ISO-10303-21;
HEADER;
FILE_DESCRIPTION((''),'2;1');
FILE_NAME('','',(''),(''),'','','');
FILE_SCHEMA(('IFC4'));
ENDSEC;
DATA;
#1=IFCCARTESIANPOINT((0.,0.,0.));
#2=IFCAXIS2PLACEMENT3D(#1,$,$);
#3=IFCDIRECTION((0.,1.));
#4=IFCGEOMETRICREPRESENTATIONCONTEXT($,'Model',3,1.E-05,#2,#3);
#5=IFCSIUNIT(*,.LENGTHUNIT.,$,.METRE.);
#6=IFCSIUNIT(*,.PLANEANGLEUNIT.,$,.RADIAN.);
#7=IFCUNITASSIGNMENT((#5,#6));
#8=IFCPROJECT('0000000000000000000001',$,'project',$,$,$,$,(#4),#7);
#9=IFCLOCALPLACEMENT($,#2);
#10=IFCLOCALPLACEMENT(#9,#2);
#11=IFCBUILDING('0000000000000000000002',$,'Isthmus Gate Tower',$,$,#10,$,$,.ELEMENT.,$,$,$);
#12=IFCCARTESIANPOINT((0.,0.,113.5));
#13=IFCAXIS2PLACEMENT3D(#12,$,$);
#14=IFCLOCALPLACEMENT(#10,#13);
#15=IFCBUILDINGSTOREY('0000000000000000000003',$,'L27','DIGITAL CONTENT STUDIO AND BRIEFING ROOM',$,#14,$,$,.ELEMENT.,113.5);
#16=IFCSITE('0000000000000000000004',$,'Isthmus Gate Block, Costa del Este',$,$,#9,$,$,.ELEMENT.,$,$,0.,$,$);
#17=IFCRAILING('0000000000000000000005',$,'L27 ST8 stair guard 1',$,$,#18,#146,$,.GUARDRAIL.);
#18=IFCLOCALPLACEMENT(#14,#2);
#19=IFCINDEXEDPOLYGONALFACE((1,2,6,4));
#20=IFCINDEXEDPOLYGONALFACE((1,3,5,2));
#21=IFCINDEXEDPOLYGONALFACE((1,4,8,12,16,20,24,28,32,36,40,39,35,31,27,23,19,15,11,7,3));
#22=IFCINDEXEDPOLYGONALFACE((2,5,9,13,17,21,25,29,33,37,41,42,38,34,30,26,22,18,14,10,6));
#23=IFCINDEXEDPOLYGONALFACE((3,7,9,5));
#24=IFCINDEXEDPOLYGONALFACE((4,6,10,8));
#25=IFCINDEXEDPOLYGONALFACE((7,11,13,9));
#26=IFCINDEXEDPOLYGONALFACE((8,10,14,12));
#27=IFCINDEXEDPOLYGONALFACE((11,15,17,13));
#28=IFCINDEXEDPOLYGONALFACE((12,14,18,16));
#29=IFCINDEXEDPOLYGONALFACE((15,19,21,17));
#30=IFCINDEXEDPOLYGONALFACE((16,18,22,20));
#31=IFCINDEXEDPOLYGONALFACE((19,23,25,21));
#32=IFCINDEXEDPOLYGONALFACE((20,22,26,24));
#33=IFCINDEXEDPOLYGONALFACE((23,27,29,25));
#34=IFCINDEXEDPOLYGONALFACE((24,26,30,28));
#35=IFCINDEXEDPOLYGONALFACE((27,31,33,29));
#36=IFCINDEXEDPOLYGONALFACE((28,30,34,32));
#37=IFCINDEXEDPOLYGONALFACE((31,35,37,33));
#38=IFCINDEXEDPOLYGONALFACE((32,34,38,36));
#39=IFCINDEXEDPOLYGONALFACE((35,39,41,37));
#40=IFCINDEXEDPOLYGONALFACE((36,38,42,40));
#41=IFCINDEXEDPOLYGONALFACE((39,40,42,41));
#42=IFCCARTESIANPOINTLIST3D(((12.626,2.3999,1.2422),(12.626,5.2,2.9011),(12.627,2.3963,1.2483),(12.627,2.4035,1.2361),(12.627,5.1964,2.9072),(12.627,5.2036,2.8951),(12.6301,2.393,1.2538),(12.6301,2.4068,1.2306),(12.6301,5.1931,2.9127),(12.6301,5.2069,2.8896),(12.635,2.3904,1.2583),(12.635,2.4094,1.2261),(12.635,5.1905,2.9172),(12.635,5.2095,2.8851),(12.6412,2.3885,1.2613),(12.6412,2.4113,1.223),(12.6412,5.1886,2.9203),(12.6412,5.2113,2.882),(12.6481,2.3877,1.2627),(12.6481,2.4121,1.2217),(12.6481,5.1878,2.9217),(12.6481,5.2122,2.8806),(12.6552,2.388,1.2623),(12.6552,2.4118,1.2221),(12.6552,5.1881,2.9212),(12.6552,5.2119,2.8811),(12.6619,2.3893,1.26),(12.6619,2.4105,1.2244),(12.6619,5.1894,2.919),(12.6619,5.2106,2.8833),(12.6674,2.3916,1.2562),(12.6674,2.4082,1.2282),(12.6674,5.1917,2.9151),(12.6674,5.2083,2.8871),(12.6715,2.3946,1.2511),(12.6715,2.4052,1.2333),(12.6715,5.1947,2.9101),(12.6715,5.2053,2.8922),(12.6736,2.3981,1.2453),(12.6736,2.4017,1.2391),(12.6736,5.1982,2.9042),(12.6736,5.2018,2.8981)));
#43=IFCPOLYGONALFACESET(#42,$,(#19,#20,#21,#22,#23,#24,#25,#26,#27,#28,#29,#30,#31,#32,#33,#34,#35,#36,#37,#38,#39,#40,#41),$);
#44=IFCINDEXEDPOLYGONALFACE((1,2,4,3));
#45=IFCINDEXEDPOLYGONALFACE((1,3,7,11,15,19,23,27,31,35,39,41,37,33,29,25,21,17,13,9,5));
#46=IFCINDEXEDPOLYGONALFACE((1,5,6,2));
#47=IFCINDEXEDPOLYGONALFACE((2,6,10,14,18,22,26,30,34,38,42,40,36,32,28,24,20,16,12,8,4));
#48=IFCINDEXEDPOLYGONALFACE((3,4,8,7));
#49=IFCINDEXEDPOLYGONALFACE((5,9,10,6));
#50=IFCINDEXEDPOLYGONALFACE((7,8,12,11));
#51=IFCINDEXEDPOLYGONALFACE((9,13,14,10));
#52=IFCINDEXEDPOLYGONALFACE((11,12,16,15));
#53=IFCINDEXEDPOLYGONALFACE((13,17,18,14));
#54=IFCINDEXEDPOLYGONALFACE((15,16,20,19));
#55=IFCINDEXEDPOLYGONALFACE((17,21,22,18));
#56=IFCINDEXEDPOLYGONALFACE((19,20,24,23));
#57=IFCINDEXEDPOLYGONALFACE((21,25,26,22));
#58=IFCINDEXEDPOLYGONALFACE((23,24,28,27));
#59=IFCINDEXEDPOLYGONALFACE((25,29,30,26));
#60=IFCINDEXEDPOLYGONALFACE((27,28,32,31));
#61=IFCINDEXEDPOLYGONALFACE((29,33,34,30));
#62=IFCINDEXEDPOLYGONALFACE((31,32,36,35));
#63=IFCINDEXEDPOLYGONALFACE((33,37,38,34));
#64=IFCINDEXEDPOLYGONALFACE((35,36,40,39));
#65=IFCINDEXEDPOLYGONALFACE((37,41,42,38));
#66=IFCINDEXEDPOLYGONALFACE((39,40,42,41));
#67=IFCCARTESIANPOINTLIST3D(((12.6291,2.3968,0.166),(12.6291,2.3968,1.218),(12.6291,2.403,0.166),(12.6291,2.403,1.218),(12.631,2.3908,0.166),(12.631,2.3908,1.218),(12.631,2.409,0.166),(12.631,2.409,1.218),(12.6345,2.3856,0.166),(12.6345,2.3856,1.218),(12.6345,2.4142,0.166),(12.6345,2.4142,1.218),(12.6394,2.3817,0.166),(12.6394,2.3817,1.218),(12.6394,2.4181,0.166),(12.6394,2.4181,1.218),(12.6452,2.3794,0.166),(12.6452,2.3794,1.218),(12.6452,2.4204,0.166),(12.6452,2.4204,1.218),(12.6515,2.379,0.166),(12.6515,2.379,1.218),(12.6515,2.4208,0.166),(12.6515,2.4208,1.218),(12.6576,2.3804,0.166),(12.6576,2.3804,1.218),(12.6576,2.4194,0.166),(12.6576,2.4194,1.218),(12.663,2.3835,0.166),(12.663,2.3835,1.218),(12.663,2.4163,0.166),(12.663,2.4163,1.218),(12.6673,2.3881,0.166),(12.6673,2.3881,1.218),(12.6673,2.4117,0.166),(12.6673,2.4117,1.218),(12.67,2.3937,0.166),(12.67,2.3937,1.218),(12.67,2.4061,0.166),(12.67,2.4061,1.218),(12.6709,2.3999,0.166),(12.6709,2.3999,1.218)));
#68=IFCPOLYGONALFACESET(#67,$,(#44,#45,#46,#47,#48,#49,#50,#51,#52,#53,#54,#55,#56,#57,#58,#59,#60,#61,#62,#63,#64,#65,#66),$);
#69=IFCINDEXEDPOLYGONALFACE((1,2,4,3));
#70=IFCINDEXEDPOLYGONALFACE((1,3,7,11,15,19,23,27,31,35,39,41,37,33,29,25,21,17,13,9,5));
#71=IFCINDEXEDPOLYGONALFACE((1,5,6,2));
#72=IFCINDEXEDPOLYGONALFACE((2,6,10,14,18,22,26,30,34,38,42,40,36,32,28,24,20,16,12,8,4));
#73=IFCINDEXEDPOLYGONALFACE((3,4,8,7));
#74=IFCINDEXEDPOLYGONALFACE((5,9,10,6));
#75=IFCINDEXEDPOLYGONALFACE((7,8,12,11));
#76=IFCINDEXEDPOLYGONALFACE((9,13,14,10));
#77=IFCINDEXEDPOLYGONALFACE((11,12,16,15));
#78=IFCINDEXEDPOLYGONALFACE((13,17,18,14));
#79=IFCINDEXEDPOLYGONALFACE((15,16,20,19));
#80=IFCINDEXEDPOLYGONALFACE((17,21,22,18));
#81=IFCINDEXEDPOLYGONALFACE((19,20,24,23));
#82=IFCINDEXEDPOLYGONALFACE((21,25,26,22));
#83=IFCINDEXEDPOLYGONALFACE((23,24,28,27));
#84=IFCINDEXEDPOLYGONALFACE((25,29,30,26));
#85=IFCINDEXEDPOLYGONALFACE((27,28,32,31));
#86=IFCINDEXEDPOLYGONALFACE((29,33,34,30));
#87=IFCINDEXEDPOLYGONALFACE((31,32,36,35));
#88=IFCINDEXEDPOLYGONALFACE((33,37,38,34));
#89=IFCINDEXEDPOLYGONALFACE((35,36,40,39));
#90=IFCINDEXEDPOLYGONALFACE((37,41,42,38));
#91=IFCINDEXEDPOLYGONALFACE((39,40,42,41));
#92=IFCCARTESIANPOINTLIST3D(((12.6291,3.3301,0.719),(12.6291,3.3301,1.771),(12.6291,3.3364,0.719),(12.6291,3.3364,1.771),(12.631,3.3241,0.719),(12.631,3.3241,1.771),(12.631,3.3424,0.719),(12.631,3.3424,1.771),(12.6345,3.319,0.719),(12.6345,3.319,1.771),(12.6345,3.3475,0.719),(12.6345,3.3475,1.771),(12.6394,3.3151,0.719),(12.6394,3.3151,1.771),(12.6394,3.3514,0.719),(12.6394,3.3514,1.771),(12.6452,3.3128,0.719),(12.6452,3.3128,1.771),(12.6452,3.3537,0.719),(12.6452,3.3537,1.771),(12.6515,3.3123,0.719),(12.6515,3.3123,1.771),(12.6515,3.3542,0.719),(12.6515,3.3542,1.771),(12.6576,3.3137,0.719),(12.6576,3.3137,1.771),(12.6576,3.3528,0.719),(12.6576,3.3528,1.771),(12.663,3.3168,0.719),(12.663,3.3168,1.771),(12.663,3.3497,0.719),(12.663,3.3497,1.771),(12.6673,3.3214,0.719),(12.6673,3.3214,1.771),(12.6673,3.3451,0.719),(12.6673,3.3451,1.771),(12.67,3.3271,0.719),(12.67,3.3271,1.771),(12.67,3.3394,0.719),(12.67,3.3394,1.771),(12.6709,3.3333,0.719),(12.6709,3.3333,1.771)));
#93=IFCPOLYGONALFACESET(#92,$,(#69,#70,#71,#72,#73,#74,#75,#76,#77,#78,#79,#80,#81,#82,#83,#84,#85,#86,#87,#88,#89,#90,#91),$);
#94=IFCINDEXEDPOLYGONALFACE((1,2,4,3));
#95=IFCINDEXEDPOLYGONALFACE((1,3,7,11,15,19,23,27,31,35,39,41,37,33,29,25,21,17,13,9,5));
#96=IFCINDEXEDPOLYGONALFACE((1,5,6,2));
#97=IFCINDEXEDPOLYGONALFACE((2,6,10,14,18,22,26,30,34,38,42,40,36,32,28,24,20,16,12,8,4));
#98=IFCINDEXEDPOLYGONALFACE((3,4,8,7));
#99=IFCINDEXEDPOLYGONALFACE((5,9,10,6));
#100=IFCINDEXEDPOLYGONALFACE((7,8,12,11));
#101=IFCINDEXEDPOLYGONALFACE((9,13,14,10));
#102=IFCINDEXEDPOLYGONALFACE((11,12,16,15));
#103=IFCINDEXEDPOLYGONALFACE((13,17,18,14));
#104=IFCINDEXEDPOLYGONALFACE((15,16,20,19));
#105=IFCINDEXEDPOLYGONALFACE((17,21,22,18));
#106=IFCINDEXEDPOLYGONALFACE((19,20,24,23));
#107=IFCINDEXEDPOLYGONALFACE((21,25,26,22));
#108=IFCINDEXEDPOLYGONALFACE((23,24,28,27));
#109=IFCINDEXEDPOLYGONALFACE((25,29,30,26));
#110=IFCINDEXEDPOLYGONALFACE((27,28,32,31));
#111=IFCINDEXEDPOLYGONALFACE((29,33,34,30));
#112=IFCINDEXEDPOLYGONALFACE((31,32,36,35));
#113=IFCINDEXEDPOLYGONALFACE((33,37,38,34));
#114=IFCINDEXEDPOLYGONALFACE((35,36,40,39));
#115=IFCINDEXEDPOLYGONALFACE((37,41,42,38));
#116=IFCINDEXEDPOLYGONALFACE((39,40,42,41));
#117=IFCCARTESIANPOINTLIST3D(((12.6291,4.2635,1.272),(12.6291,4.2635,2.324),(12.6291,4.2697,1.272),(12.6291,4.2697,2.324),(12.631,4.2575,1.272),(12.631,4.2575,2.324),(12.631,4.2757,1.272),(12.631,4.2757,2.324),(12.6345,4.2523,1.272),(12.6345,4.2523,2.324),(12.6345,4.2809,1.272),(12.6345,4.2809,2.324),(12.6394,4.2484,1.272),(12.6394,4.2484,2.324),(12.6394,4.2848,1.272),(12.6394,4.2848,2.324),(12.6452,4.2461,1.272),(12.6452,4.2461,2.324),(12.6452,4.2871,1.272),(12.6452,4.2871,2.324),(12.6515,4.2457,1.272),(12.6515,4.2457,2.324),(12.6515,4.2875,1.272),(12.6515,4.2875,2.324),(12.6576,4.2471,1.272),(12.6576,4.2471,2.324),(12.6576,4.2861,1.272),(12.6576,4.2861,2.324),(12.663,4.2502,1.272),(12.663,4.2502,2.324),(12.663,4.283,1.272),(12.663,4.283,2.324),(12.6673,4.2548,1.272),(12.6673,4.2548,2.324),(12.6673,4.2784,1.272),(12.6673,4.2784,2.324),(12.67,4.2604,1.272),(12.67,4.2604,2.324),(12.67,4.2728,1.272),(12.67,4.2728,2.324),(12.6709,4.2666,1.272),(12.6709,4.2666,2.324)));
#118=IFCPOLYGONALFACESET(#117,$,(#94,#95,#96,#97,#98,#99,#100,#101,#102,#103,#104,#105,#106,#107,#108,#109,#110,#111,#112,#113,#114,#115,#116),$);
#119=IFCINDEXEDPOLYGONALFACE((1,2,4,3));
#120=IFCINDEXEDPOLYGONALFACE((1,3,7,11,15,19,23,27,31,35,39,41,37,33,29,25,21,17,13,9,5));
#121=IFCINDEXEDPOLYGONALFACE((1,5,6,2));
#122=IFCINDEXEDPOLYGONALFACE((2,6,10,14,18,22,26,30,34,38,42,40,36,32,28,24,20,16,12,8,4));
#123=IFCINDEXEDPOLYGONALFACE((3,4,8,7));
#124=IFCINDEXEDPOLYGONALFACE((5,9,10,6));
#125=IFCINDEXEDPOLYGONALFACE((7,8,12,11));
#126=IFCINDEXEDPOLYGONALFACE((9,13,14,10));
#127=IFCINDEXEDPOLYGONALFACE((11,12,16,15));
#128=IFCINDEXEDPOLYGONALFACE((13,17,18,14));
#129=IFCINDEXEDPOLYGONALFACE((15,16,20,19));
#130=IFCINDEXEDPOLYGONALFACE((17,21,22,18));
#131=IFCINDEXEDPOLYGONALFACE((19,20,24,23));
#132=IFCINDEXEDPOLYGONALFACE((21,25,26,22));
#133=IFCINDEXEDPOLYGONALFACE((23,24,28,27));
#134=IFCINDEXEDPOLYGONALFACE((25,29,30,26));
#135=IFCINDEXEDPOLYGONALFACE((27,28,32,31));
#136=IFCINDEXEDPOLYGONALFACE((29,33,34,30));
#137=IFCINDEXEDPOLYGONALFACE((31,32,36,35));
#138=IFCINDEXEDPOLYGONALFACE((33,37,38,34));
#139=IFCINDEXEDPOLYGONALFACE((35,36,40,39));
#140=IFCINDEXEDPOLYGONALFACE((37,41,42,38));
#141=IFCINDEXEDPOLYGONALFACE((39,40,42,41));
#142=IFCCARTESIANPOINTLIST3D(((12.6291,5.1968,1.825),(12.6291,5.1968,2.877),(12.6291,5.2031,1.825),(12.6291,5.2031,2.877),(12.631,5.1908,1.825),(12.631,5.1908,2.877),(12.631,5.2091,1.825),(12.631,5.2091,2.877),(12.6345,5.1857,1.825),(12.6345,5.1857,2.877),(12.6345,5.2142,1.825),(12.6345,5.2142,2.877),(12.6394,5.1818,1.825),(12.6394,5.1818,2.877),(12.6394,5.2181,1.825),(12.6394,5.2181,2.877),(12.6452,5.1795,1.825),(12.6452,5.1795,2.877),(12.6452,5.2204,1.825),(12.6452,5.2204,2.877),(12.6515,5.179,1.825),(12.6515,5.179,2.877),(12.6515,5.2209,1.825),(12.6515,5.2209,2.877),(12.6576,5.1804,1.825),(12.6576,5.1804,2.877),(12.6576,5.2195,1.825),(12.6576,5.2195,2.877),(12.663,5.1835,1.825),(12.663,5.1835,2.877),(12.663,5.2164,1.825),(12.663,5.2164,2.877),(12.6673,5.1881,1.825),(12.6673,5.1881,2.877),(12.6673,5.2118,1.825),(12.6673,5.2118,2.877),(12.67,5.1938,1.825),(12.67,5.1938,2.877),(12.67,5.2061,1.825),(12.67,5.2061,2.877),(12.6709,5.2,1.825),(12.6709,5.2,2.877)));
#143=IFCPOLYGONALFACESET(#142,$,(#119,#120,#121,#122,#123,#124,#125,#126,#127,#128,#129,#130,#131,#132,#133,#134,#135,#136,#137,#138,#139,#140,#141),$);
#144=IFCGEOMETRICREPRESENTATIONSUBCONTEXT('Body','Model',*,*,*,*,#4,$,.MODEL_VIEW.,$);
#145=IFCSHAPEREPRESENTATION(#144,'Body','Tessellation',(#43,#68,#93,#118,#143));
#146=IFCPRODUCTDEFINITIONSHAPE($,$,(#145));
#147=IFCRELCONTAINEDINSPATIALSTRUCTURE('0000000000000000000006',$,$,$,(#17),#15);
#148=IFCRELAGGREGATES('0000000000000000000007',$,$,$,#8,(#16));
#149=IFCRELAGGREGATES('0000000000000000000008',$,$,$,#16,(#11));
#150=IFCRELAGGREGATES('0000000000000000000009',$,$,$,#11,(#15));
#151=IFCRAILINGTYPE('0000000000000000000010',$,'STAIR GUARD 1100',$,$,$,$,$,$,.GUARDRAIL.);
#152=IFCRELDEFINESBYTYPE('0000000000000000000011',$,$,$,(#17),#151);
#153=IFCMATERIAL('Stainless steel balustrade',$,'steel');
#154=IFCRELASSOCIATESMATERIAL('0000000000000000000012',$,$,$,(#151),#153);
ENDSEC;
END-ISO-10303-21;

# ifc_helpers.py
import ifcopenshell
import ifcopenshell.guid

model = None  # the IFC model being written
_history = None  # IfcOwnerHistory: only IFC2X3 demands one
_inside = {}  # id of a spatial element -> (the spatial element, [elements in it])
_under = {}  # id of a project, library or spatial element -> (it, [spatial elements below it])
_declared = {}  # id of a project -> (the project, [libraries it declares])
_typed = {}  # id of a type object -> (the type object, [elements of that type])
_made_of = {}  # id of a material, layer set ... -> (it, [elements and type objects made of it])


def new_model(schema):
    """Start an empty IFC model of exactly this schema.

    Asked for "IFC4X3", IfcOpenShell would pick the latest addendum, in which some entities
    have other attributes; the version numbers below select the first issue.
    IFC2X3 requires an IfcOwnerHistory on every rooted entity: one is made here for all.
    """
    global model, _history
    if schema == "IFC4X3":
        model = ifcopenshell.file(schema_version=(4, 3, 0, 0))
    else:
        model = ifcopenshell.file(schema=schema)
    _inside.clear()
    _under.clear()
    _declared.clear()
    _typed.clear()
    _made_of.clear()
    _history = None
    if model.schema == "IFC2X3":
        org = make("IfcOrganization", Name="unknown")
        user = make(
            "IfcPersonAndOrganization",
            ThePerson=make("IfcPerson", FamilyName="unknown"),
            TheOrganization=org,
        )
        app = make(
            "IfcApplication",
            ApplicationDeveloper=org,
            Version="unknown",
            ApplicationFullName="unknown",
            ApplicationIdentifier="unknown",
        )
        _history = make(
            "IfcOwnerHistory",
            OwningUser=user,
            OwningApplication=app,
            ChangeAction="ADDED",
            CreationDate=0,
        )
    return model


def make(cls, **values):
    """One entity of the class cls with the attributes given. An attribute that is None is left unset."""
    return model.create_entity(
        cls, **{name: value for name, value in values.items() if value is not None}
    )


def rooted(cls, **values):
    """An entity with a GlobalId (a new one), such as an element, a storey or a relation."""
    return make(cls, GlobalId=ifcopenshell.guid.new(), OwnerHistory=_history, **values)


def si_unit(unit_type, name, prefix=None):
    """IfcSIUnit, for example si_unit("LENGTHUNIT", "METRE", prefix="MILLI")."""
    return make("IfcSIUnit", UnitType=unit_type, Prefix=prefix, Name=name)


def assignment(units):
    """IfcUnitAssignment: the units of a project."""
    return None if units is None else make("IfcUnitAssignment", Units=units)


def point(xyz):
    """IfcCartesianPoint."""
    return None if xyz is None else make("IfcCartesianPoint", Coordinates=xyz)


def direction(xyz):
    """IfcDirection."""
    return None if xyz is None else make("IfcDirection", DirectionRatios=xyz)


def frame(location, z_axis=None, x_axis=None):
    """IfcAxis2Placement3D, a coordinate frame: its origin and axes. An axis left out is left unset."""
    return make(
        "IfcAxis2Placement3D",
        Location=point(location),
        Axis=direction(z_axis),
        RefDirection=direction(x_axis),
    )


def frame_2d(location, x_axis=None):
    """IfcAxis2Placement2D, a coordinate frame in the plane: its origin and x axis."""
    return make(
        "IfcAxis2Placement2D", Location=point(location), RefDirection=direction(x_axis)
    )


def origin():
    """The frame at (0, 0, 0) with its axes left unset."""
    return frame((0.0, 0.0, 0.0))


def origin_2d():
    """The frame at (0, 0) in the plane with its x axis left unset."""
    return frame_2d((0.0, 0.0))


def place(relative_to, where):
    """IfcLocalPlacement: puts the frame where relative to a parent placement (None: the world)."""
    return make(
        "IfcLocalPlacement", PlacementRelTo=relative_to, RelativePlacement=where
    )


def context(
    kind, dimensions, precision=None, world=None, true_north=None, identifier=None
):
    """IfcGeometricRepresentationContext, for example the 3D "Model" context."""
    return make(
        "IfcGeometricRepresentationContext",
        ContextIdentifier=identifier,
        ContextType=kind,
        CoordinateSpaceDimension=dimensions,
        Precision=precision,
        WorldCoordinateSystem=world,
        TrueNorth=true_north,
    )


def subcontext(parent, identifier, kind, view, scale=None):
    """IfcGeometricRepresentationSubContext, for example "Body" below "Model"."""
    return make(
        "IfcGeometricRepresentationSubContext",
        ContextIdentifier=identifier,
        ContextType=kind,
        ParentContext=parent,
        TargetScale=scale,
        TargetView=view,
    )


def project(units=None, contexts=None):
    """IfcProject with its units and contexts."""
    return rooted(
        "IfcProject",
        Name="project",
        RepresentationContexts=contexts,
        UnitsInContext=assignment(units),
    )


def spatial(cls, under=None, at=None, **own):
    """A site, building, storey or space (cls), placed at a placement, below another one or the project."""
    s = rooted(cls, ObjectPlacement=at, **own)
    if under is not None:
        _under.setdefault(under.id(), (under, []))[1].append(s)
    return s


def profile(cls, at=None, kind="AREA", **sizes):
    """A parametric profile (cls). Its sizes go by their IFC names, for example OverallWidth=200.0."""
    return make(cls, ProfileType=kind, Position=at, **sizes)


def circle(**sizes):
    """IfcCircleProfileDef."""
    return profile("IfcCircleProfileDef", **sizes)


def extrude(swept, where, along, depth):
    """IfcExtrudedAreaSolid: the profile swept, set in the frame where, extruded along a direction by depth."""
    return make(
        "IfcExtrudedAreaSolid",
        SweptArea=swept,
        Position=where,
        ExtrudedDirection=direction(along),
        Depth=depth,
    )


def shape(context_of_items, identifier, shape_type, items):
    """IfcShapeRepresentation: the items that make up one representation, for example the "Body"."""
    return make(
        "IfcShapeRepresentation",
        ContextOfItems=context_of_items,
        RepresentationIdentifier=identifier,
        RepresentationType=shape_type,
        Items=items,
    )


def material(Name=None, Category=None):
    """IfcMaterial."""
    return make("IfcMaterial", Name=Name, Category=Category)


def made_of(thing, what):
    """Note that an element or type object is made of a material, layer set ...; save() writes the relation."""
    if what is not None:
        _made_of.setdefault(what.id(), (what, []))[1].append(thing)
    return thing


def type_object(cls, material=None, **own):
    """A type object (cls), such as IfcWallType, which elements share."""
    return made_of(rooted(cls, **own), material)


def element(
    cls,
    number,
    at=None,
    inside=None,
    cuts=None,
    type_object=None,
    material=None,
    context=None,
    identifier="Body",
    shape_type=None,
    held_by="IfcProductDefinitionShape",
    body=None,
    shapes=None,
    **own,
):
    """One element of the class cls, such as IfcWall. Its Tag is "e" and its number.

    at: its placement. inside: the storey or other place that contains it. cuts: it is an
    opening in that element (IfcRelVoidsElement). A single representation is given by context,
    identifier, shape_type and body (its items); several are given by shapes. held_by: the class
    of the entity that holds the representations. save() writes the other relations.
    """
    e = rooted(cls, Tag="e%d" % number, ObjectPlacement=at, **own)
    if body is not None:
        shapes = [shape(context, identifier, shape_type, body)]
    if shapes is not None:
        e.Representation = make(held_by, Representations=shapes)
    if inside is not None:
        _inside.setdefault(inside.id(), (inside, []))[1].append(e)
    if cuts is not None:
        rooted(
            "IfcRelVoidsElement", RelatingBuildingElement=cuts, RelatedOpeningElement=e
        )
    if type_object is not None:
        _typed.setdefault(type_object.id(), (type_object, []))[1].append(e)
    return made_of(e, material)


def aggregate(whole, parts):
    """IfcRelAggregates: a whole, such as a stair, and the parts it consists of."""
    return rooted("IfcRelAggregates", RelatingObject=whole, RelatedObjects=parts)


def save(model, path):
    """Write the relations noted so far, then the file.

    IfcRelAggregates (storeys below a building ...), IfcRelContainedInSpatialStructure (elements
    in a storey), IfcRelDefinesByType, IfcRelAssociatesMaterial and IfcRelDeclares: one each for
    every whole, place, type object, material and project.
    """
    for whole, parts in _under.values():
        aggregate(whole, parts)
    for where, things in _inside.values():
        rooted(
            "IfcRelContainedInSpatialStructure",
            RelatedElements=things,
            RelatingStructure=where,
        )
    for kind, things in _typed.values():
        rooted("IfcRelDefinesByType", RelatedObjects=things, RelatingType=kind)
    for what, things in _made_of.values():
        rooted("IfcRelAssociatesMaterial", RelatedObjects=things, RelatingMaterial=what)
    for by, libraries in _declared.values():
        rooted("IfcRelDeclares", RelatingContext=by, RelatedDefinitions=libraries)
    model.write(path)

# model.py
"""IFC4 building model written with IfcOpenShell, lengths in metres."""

from ifc_helpers import new_model, si_unit, direction, frame, origin, origin_2d, place, context, subcontext, project, spatial, circle, extrude, material, type_object, element, save


model = new_model("IFC4")

# Units and contexts
model_context = context("Model", 3, precision=1e-05, world=origin(), true_north=direction((0.0, 1.0)))
body_context = subcontext(model_context, "Body", "Model", "MODEL_VIEW")
ifc_project = project(units=[si_unit("LENGTHUNIT", "METRE"), si_unit("PLANEANGLEUNIT", "RADIAN")], contexts=[model_context])

# Site, building, storey
site_placement = place(None, origin())
site = spatial("IfcSite", under=ifc_project, at=site_placement, Name="Isthmus Gate Block, Costa del Este", CompositionType="ELEMENT", RefElevation=0.0)
building_placement = place(site_placement, origin())
building = spatial("IfcBuilding", under=site, at=building_placement, Name="Isthmus Gate Tower", CompositionType="ELEMENT")
storey_placement = place(building_placement, frame((0.0, 0.0, 113.5)))
storey = spatial("IfcBuildingStorey", under=building, at=storey_placement, Name="L27", Description="DIGITAL CONTENT STUDIO AND BRIEFING ROOM", CompositionType="ELEMENT", Elevation=113.5)

# Railing
ifc_material_1 = material(Name="Stainless steel balustrade", Category="steel")
railing_type_1 = type_object("IfcRailingType", Name="STAIR GUARD 1100", PredefinedType="GUARDRAIL", material=ifc_material_1)
railing_1_placement = place(storey_placement, frame((12.6499, 2.3999, 0.166)))
element("IfcRailing", 1, at=railing_1_placement, inside=storey, type_object=railing_type_1, Name="L27 ST8 stair guard 1", PredefinedType="GUARDRAIL", context=body_context, shape_type="SweptSolid", body=[
    extrude(circle(Radius=0.0239, at=origin_2d()), frame((0.0, 0.0, 1.0762), z_axis=(0.0, 0.860339, 0.509722), x_axis=(-1.0, 0.0, 0.0)), (0.0, 0.0, 1.0), 3.2546),
    extrude(circle(Radius=0.021, at=origin_2d()), origin(), (0.0, 0.0, 1.0), 1.052),
    extrude(circle(Radius=0.021, at=origin_2d()), frame((0.0, 0.9333, 0.553)), (0.0, 0.0, 1.0), 1.052),
    extrude(circle(Radius=0.021, at=origin_2d()), frame((0.0, 1.8667, 1.106)), (0.0, 0.0, 1.0), 1.052),
    extrude(circle(Radius=0.021, at=origin_2d()), frame((0.0, 2.8, 1.6589)), (0.0, 0.0, 1.0), 1.052),
])

save(model, "model.ifc")
